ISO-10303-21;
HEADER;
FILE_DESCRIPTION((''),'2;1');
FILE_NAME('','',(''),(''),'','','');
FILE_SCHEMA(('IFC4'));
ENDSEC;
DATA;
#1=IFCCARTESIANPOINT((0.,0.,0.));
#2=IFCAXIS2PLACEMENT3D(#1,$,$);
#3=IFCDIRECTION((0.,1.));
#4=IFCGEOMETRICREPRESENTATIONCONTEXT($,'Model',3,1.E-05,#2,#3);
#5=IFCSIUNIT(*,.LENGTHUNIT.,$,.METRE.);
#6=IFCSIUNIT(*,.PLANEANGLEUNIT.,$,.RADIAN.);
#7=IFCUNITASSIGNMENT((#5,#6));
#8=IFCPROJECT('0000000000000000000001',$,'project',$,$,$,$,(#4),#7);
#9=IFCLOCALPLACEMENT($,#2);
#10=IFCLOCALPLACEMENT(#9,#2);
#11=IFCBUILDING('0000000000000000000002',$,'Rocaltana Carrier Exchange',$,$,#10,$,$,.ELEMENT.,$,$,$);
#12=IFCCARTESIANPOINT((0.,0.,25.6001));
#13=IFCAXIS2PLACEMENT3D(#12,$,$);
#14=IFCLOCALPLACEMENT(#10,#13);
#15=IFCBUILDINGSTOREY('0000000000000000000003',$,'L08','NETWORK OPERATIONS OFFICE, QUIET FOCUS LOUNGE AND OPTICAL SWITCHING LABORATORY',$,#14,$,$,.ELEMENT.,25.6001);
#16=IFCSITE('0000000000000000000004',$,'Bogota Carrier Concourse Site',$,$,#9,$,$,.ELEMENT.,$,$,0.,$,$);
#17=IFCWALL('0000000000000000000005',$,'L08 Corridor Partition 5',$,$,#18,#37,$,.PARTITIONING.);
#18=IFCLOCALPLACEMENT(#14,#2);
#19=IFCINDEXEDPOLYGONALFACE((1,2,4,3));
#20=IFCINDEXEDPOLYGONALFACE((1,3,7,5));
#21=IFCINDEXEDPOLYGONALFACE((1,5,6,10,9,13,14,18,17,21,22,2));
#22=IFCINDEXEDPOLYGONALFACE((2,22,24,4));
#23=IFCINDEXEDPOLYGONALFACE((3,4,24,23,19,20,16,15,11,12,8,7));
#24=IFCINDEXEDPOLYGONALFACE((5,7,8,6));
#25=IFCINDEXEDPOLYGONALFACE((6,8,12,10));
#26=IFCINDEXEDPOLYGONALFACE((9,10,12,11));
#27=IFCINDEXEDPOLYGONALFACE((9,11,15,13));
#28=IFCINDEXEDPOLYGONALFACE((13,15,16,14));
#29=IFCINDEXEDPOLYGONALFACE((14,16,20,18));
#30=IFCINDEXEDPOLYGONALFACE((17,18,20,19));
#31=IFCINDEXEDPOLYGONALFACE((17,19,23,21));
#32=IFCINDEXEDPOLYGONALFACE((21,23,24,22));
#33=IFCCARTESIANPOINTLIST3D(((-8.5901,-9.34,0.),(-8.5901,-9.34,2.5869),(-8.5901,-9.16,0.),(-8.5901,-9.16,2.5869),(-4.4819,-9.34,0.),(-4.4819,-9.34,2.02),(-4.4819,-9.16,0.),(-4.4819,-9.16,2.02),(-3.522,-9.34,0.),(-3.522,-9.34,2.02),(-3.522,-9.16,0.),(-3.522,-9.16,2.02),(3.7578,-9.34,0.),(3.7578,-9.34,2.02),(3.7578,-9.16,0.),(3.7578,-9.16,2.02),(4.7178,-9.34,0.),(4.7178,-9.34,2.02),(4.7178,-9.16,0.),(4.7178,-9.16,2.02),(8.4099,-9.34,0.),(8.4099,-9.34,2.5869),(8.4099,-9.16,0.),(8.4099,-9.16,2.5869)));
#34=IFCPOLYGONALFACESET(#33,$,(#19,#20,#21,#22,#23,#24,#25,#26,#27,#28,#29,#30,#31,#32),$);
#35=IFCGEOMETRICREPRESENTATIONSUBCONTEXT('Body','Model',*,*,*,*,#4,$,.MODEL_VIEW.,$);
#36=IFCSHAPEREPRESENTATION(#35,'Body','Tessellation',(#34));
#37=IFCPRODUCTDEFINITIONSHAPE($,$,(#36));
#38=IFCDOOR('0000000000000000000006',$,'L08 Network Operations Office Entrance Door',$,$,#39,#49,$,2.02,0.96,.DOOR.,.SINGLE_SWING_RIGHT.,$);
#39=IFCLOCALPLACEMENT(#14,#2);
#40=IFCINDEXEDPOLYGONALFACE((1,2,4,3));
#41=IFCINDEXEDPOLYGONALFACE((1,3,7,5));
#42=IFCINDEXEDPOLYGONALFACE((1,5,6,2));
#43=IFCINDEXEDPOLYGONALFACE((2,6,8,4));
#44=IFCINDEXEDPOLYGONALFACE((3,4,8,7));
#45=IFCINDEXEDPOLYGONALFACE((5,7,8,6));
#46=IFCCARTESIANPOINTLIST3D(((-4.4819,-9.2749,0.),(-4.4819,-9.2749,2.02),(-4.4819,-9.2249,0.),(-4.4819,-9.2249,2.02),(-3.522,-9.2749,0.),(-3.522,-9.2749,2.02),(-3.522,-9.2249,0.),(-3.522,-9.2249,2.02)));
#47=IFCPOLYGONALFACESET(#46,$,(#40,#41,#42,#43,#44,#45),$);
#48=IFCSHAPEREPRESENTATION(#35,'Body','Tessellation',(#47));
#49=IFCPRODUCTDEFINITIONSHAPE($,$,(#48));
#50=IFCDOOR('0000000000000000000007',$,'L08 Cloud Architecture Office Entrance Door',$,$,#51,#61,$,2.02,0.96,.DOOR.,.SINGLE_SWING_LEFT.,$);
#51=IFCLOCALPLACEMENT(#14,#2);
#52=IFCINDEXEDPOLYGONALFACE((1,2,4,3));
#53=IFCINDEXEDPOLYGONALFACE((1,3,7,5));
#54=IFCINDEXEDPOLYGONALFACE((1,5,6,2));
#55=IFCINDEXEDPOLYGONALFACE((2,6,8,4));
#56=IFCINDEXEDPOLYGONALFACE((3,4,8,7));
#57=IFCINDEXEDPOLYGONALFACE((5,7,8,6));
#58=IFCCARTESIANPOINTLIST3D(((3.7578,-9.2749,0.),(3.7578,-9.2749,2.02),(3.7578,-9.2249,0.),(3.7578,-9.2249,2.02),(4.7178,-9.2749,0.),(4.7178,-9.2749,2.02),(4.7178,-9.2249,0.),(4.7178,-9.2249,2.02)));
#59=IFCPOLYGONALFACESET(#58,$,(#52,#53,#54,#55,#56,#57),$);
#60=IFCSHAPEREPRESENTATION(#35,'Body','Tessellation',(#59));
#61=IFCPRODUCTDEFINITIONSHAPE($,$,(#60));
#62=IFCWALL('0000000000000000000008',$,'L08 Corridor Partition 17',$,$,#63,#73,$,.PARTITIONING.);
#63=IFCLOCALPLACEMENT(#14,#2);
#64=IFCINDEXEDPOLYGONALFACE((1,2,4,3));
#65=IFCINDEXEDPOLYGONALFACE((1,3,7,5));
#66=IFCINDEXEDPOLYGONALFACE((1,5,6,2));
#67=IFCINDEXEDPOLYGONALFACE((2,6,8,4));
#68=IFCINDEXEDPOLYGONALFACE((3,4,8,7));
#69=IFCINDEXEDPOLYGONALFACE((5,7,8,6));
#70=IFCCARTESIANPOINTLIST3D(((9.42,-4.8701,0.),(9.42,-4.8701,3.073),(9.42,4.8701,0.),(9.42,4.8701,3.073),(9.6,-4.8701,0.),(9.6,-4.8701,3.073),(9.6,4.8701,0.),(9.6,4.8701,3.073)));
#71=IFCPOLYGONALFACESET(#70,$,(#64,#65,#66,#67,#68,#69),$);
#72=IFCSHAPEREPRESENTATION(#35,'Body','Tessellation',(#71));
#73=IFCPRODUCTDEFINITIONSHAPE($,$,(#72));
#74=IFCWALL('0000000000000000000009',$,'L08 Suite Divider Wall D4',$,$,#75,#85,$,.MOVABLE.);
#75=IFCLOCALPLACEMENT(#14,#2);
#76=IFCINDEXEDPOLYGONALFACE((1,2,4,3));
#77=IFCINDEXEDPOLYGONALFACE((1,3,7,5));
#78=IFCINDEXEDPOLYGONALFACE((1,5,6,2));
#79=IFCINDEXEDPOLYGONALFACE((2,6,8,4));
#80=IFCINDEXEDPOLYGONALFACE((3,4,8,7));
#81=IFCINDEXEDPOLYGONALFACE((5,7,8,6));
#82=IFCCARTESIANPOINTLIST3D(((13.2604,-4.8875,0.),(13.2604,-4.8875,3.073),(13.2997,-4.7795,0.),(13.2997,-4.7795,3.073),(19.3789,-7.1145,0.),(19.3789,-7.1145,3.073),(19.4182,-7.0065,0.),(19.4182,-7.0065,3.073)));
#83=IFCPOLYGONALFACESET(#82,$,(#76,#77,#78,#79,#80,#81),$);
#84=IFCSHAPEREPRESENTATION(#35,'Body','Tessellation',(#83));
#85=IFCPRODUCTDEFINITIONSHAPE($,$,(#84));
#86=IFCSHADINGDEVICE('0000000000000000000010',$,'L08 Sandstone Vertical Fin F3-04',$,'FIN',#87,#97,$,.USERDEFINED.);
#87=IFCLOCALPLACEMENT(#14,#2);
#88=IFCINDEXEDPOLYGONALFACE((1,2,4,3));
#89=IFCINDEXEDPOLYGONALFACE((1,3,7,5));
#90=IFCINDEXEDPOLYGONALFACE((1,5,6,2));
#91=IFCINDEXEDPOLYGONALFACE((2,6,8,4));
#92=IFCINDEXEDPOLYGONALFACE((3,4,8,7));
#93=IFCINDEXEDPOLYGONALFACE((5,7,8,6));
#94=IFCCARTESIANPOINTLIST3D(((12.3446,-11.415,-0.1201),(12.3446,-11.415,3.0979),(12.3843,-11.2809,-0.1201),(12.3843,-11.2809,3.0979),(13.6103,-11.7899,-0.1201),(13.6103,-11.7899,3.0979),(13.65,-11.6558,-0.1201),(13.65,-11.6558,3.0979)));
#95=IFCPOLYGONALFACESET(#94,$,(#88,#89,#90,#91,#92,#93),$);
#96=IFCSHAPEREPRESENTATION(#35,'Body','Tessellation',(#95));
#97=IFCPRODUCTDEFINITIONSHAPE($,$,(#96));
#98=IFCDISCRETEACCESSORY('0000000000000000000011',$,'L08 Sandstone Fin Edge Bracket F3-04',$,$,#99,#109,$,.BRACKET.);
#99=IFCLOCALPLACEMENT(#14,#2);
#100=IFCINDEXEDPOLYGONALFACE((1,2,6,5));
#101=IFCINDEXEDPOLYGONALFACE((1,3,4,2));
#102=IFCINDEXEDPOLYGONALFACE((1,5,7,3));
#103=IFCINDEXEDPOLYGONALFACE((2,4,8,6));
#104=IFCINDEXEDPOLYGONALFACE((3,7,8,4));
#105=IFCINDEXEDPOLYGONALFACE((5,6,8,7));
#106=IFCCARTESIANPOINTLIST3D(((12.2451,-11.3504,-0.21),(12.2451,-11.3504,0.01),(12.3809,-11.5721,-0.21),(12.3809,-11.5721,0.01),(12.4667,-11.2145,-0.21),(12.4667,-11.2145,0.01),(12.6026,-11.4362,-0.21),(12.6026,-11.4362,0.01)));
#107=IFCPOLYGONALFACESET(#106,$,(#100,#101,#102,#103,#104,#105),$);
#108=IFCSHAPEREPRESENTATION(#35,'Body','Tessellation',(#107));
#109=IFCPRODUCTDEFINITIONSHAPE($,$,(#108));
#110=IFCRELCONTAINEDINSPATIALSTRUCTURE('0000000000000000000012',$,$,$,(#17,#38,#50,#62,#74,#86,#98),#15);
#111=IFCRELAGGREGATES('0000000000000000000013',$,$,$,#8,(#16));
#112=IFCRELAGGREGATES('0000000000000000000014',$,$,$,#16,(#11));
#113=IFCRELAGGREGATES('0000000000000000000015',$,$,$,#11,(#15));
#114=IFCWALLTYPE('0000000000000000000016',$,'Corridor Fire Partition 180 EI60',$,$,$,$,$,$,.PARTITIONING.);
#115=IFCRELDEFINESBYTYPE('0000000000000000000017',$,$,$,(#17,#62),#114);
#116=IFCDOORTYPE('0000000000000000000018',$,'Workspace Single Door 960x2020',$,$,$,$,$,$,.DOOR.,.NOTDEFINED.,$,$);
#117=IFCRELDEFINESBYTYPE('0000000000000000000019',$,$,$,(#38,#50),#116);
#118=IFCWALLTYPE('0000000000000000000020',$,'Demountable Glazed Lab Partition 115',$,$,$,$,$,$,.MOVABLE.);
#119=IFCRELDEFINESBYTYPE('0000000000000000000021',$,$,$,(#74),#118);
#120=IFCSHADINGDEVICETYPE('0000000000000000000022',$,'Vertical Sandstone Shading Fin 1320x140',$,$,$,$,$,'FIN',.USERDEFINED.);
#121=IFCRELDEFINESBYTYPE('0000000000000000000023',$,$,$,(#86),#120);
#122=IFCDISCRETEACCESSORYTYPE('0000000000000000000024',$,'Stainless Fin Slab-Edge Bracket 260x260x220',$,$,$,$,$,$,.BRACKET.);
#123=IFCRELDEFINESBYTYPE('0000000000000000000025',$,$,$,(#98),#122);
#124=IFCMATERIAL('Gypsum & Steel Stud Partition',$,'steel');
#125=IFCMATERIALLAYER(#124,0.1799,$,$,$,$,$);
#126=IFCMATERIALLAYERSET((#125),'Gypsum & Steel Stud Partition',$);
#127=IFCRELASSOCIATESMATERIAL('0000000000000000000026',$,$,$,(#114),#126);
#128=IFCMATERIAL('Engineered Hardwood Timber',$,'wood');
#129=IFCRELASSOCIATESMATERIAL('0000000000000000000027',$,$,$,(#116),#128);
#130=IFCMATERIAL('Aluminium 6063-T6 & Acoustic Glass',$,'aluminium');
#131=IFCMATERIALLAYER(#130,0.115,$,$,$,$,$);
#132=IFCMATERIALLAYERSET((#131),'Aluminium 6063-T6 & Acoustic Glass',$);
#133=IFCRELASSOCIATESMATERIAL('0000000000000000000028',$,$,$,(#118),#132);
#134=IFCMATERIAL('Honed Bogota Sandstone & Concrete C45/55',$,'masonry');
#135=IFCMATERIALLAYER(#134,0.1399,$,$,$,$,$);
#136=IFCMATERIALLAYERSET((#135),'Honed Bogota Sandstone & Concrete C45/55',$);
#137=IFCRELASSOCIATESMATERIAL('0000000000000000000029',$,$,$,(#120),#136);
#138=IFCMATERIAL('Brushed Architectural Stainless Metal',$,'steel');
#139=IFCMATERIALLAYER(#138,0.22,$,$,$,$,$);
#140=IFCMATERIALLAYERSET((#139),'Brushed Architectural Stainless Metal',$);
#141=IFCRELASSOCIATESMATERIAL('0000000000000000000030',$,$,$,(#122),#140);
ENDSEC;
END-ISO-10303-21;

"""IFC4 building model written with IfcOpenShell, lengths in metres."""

from ifc_helpers import new_model, si_unit, direction, frame, frame_2d, origin, origin_2d, place, context, subcontext, project, spatial, rectangle, extrude, material, layer, layer_set, type_object, element, fill, save


model = new_model("IFC4")

# Units and contexts
model_context = context("Model", 3, precision=1e-05, world=origin(), true_north=direction((0.0, 1.0)))
body_context = subcontext(model_context, "Body", "Model", "MODEL_VIEW")
ifc_project = project(units=[si_unit("LENGTHUNIT", "METRE"), si_unit("PLANEANGLEUNIT", "RADIAN")], contexts=[model_context])

# Site, building, storey
site_placement = place(None, origin())
site = spatial("IfcSite", under=ifc_project, at=site_placement, Name="Bogota Carrier Concourse Site", CompositionType="ELEMENT", RefElevation=0.0)
building_placement = place(site_placement, origin())
building = spatial("IfcBuilding", under=site, at=building_placement, Name="Rocaltana Carrier Exchange", CompositionType="ELEMENT")
storey_placement = place(building_placement, frame((0.0, 0.0, 25.6001)))
storey = spatial("IfcBuildingStorey", under=building, at=storey_placement, Name="L08", Description="NETWORK OPERATIONS OFFICE, QUIET FOCUS LOUNGE AND OPTICAL SWITCHING LABORATORY", CompositionType="ELEMENT", Elevation=25.6001)

# Shared definitions
ifc_material_1 = material(Name="Gypsum & Steel Stud Partition", Category="steel")
ifc_layer_1 = layer(ifc_material_1, 0.1799)
ifc_layer_set_1 = layer_set([ifc_layer_1], Name="Gypsum & Steel Stud Partition")
wall_type_1 = type_object("IfcWallType", Name="Corridor Fire Partition 180 EI60", PredefinedType="PARTITIONING", material=ifc_layer_set_1)

# Wall, openings, doors
wall_1_placement = place(storey_placement, frame((8.4099, -9.25, 0.0), z_axis=(0.0, 0.0, 1.0), x_axis=(-1.0, 0.0, 0.0)))
wall_1 = element("IfcWall", 1, at=wall_1_placement, inside=storey, type_object=wall_type_1, Name="L08 Corridor Partition 5", PredefinedType="PARTITIONING", context=body_context, shape_type="SweptSolid", body=[
    extrude(rectangle(XDim=17.0, YDim=0.1799, at=frame_2d((8.5, 0.0))), origin(), (0.0, 0.0, 1.0), 2.5869),
])
opening_1_placement = place(wall_1_placement, frame((11.9319, 0.0, 0.0)))
opening_1 = element("IfcOpeningElement", 2, at=opening_1_placement, cuts=wall_1, PredefinedType="OPENING", context=body_context, shape_type="SweptSolid", body=[
    extrude(rectangle(XDim=0.96, YDim=2.02, at=frame_2d((0.48, 1.01))), frame((0.0, 0.0999, 0.0), z_axis=(0.0, -1.0, 0.0), x_axis=(1.0, 0.0, 0.0)), (0.0, 0.0, 1.0), 0.2),
])
opening_2_placement = place(wall_1_placement, frame((3.6921, 0.0, 0.0)))
opening_2 = element("IfcOpeningElement", 3, at=opening_2_placement, cuts=wall_1, PredefinedType="OPENING", context=body_context, shape_type="SweptSolid", body=[
    extrude(rectangle(XDim=0.96, YDim=2.02, at=frame_2d((0.48, 1.01))), frame((0.0, 0.0999, 0.0), z_axis=(0.0, -1.0, 0.0), x_axis=(1.0, 0.0, 0.0)), (0.0, 0.0, 1.0), 0.2),
])
ifc_material_2 = material(Name="Engineered Hardwood Timber", Category="wood")
door_type = type_object("IfcDoorType", Name="Workspace Single Door 960x2020", OperationType="NOTDEFINED", PredefinedType="DOOR", material=ifc_material_2)
door_1_placement = place(opening_1_placement, origin())
door_1 = element("IfcDoor", 4, at=door_1_placement, inside=storey, type_object=door_type, Name="L08 Network Operations Office Entrance Door", OperationType="SINGLE_SWING_RIGHT", OverallHeight=2.02, OverallWidth=0.96, PredefinedType="DOOR", context=body_context, shape_type="SweptSolid", body=[
    extrude(rectangle(XDim=0.96, YDim=2.02, at=frame_2d((0.48, 1.01))), frame((0.0, 0.0249, 0.0), z_axis=(0.0, -1.0, 0.0), x_axis=(1.0, 0.0, 0.0)), (0.0, 0.0, 1.0), 0.05),
])
fill(opening_1, door_1)
door_2_placement = place(opening_2_placement, origin())
door_2 = element("IfcDoor", 5, at=door_2_placement, inside=storey, type_object=door_type, Name="L08 Cloud Architecture Office Entrance Door", OperationType="SINGLE_SWING_LEFT", OverallHeight=2.02, OverallWidth=0.96, PredefinedType="DOOR", context=body_context, shape_type="SweptSolid", body=[
    extrude(rectangle(XDim=0.96, YDim=2.02, at=frame_2d((0.48, 1.01))), frame((0.0, 0.0249, 0.0), z_axis=(0.0, -1.0, 0.0), x_axis=(1.0, 0.0, 0.0)), (0.0, 0.0, 1.0), 0.05),
])
fill(opening_2, door_2)

# Walls
wall_2_placement = place(storey_placement, frame((9.51, -4.8701, 0.0), z_axis=(0.0, 0.0, 1.0), x_axis=(0.0, 1.0, 0.0)))
element("IfcWall", 6, at=wall_2_placement, inside=storey, type_object=wall_type_1, Name="L08 Corridor Partition 17", PredefinedType="PARTITIONING", context=body_context, shape_type="SweptSolid", body=[
    extrude(rectangle(XDim=9.7402, YDim=0.1799, at=frame_2d((4.8701, 0.0))), origin(), (0.0, 0.0, 1.0), 3.073),
])
ifc_material_3 = material(Name="Aluminium 6063-T6 & Acoustic Glass", Category="aluminium")
ifc_layer_2 = layer(ifc_material_3, 0.115)
ifc_layer_set_2 = layer_set([ifc_layer_2], Name="Aluminium 6063-T6 & Acoustic Glass")
wall_type_2 = type_object("IfcWallType", Name="Demountable Glazed Lab Partition 115", PredefinedType="MOVABLE", material=ifc_layer_set_2)
wall_3_placement = place(storey_placement, frame((13.28, -4.8335, 0.0), z_axis=(0.0, 0.0, 1.0), x_axis=(0.93969, -0.342026, 0.0)))
element("IfcWall", 7, at=wall_3_placement, inside=storey, type_object=wall_type_2, Name="L08 Suite Divider Wall D4", PredefinedType="MOVABLE", context=body_context, shape_type="SweptSolid", body=[
    extrude(rectangle(XDim=6.5112, YDim=0.115, at=frame_2d((3.2556, 0.0))), origin(), (0.0, 0.0, 1.0), 3.073),
])

# Shading device
ifc_material_4 = material(Name="Honed Bogota Sandstone & Concrete C45/55", Category="masonry")
ifc_layer_3 = layer(ifc_material_4, 0.1399)
ifc_layer_set_3 = layer_set([ifc_layer_3], Name="Honed Bogota Sandstone & Concrete C45/55")
shading_device_type = type_object("IfcShadingDeviceType", Name="Vertical Sandstone Shading Fin 1320x140", ElementType="FIN", PredefinedType="USERDEFINED", material=ifc_layer_set_3)
shading_device_placement = place(storey_placement, frame((12.9973, -11.5354, -0.1201), z_axis=(0.0, 0.0, 1.0), x_axis=(0.95882, -0.284015, 0.0)))
element("IfcShadingDevice", 8, at=shading_device_placement, inside=storey, type_object=shading_device_type, Name="L08 Sandstone Vertical Fin F3-04", ObjectType="FIN", PredefinedType="USERDEFINED", context=body_context, shape_type="SweptSolid", body=[
    extrude(rectangle(XDim=1.3201, YDim=0.1399, at=origin_2d()), origin(), (0.0, 0.0, 1.0), 3.218),
])

# Discrete accessory
ifc_material_5 = material(Name="Brushed Architectural Stainless Metal", Category="steel")
ifc_layer_4 = layer(ifc_material_5, 0.22)
ifc_layer_set_4 = layer_set([ifc_layer_4], Name="Brushed Architectural Stainless Metal")
discrete_accessory_type = type_object("IfcDiscreteAccessoryType", Name="Stainless Fin Slab-Edge Bracket 260x260x220", PredefinedType="BRACKET", material=ifc_layer_set_4)
discrete_accessory_placement = place(storey_placement, frame((12.4238, -11.3933, -0.21), z_axis=(0.0, 0.0, 1.0), x_axis=(0.85264, 0.522499, 0.0)))
element("IfcDiscreteAccessory", 9, at=discrete_accessory_placement, inside=storey, type_object=discrete_accessory_type, Name="L08 Sandstone Fin Edge Bracket F3-04", PredefinedType="BRACKET", context=body_context, shape_type="SweptSolid", body=[
    extrude(rectangle(XDim=0.26, YDim=0.26, at=origin_2d()), origin(), (0.0, 0.0, 1.0), 0.22),
])

save(model, "model.ifc")
